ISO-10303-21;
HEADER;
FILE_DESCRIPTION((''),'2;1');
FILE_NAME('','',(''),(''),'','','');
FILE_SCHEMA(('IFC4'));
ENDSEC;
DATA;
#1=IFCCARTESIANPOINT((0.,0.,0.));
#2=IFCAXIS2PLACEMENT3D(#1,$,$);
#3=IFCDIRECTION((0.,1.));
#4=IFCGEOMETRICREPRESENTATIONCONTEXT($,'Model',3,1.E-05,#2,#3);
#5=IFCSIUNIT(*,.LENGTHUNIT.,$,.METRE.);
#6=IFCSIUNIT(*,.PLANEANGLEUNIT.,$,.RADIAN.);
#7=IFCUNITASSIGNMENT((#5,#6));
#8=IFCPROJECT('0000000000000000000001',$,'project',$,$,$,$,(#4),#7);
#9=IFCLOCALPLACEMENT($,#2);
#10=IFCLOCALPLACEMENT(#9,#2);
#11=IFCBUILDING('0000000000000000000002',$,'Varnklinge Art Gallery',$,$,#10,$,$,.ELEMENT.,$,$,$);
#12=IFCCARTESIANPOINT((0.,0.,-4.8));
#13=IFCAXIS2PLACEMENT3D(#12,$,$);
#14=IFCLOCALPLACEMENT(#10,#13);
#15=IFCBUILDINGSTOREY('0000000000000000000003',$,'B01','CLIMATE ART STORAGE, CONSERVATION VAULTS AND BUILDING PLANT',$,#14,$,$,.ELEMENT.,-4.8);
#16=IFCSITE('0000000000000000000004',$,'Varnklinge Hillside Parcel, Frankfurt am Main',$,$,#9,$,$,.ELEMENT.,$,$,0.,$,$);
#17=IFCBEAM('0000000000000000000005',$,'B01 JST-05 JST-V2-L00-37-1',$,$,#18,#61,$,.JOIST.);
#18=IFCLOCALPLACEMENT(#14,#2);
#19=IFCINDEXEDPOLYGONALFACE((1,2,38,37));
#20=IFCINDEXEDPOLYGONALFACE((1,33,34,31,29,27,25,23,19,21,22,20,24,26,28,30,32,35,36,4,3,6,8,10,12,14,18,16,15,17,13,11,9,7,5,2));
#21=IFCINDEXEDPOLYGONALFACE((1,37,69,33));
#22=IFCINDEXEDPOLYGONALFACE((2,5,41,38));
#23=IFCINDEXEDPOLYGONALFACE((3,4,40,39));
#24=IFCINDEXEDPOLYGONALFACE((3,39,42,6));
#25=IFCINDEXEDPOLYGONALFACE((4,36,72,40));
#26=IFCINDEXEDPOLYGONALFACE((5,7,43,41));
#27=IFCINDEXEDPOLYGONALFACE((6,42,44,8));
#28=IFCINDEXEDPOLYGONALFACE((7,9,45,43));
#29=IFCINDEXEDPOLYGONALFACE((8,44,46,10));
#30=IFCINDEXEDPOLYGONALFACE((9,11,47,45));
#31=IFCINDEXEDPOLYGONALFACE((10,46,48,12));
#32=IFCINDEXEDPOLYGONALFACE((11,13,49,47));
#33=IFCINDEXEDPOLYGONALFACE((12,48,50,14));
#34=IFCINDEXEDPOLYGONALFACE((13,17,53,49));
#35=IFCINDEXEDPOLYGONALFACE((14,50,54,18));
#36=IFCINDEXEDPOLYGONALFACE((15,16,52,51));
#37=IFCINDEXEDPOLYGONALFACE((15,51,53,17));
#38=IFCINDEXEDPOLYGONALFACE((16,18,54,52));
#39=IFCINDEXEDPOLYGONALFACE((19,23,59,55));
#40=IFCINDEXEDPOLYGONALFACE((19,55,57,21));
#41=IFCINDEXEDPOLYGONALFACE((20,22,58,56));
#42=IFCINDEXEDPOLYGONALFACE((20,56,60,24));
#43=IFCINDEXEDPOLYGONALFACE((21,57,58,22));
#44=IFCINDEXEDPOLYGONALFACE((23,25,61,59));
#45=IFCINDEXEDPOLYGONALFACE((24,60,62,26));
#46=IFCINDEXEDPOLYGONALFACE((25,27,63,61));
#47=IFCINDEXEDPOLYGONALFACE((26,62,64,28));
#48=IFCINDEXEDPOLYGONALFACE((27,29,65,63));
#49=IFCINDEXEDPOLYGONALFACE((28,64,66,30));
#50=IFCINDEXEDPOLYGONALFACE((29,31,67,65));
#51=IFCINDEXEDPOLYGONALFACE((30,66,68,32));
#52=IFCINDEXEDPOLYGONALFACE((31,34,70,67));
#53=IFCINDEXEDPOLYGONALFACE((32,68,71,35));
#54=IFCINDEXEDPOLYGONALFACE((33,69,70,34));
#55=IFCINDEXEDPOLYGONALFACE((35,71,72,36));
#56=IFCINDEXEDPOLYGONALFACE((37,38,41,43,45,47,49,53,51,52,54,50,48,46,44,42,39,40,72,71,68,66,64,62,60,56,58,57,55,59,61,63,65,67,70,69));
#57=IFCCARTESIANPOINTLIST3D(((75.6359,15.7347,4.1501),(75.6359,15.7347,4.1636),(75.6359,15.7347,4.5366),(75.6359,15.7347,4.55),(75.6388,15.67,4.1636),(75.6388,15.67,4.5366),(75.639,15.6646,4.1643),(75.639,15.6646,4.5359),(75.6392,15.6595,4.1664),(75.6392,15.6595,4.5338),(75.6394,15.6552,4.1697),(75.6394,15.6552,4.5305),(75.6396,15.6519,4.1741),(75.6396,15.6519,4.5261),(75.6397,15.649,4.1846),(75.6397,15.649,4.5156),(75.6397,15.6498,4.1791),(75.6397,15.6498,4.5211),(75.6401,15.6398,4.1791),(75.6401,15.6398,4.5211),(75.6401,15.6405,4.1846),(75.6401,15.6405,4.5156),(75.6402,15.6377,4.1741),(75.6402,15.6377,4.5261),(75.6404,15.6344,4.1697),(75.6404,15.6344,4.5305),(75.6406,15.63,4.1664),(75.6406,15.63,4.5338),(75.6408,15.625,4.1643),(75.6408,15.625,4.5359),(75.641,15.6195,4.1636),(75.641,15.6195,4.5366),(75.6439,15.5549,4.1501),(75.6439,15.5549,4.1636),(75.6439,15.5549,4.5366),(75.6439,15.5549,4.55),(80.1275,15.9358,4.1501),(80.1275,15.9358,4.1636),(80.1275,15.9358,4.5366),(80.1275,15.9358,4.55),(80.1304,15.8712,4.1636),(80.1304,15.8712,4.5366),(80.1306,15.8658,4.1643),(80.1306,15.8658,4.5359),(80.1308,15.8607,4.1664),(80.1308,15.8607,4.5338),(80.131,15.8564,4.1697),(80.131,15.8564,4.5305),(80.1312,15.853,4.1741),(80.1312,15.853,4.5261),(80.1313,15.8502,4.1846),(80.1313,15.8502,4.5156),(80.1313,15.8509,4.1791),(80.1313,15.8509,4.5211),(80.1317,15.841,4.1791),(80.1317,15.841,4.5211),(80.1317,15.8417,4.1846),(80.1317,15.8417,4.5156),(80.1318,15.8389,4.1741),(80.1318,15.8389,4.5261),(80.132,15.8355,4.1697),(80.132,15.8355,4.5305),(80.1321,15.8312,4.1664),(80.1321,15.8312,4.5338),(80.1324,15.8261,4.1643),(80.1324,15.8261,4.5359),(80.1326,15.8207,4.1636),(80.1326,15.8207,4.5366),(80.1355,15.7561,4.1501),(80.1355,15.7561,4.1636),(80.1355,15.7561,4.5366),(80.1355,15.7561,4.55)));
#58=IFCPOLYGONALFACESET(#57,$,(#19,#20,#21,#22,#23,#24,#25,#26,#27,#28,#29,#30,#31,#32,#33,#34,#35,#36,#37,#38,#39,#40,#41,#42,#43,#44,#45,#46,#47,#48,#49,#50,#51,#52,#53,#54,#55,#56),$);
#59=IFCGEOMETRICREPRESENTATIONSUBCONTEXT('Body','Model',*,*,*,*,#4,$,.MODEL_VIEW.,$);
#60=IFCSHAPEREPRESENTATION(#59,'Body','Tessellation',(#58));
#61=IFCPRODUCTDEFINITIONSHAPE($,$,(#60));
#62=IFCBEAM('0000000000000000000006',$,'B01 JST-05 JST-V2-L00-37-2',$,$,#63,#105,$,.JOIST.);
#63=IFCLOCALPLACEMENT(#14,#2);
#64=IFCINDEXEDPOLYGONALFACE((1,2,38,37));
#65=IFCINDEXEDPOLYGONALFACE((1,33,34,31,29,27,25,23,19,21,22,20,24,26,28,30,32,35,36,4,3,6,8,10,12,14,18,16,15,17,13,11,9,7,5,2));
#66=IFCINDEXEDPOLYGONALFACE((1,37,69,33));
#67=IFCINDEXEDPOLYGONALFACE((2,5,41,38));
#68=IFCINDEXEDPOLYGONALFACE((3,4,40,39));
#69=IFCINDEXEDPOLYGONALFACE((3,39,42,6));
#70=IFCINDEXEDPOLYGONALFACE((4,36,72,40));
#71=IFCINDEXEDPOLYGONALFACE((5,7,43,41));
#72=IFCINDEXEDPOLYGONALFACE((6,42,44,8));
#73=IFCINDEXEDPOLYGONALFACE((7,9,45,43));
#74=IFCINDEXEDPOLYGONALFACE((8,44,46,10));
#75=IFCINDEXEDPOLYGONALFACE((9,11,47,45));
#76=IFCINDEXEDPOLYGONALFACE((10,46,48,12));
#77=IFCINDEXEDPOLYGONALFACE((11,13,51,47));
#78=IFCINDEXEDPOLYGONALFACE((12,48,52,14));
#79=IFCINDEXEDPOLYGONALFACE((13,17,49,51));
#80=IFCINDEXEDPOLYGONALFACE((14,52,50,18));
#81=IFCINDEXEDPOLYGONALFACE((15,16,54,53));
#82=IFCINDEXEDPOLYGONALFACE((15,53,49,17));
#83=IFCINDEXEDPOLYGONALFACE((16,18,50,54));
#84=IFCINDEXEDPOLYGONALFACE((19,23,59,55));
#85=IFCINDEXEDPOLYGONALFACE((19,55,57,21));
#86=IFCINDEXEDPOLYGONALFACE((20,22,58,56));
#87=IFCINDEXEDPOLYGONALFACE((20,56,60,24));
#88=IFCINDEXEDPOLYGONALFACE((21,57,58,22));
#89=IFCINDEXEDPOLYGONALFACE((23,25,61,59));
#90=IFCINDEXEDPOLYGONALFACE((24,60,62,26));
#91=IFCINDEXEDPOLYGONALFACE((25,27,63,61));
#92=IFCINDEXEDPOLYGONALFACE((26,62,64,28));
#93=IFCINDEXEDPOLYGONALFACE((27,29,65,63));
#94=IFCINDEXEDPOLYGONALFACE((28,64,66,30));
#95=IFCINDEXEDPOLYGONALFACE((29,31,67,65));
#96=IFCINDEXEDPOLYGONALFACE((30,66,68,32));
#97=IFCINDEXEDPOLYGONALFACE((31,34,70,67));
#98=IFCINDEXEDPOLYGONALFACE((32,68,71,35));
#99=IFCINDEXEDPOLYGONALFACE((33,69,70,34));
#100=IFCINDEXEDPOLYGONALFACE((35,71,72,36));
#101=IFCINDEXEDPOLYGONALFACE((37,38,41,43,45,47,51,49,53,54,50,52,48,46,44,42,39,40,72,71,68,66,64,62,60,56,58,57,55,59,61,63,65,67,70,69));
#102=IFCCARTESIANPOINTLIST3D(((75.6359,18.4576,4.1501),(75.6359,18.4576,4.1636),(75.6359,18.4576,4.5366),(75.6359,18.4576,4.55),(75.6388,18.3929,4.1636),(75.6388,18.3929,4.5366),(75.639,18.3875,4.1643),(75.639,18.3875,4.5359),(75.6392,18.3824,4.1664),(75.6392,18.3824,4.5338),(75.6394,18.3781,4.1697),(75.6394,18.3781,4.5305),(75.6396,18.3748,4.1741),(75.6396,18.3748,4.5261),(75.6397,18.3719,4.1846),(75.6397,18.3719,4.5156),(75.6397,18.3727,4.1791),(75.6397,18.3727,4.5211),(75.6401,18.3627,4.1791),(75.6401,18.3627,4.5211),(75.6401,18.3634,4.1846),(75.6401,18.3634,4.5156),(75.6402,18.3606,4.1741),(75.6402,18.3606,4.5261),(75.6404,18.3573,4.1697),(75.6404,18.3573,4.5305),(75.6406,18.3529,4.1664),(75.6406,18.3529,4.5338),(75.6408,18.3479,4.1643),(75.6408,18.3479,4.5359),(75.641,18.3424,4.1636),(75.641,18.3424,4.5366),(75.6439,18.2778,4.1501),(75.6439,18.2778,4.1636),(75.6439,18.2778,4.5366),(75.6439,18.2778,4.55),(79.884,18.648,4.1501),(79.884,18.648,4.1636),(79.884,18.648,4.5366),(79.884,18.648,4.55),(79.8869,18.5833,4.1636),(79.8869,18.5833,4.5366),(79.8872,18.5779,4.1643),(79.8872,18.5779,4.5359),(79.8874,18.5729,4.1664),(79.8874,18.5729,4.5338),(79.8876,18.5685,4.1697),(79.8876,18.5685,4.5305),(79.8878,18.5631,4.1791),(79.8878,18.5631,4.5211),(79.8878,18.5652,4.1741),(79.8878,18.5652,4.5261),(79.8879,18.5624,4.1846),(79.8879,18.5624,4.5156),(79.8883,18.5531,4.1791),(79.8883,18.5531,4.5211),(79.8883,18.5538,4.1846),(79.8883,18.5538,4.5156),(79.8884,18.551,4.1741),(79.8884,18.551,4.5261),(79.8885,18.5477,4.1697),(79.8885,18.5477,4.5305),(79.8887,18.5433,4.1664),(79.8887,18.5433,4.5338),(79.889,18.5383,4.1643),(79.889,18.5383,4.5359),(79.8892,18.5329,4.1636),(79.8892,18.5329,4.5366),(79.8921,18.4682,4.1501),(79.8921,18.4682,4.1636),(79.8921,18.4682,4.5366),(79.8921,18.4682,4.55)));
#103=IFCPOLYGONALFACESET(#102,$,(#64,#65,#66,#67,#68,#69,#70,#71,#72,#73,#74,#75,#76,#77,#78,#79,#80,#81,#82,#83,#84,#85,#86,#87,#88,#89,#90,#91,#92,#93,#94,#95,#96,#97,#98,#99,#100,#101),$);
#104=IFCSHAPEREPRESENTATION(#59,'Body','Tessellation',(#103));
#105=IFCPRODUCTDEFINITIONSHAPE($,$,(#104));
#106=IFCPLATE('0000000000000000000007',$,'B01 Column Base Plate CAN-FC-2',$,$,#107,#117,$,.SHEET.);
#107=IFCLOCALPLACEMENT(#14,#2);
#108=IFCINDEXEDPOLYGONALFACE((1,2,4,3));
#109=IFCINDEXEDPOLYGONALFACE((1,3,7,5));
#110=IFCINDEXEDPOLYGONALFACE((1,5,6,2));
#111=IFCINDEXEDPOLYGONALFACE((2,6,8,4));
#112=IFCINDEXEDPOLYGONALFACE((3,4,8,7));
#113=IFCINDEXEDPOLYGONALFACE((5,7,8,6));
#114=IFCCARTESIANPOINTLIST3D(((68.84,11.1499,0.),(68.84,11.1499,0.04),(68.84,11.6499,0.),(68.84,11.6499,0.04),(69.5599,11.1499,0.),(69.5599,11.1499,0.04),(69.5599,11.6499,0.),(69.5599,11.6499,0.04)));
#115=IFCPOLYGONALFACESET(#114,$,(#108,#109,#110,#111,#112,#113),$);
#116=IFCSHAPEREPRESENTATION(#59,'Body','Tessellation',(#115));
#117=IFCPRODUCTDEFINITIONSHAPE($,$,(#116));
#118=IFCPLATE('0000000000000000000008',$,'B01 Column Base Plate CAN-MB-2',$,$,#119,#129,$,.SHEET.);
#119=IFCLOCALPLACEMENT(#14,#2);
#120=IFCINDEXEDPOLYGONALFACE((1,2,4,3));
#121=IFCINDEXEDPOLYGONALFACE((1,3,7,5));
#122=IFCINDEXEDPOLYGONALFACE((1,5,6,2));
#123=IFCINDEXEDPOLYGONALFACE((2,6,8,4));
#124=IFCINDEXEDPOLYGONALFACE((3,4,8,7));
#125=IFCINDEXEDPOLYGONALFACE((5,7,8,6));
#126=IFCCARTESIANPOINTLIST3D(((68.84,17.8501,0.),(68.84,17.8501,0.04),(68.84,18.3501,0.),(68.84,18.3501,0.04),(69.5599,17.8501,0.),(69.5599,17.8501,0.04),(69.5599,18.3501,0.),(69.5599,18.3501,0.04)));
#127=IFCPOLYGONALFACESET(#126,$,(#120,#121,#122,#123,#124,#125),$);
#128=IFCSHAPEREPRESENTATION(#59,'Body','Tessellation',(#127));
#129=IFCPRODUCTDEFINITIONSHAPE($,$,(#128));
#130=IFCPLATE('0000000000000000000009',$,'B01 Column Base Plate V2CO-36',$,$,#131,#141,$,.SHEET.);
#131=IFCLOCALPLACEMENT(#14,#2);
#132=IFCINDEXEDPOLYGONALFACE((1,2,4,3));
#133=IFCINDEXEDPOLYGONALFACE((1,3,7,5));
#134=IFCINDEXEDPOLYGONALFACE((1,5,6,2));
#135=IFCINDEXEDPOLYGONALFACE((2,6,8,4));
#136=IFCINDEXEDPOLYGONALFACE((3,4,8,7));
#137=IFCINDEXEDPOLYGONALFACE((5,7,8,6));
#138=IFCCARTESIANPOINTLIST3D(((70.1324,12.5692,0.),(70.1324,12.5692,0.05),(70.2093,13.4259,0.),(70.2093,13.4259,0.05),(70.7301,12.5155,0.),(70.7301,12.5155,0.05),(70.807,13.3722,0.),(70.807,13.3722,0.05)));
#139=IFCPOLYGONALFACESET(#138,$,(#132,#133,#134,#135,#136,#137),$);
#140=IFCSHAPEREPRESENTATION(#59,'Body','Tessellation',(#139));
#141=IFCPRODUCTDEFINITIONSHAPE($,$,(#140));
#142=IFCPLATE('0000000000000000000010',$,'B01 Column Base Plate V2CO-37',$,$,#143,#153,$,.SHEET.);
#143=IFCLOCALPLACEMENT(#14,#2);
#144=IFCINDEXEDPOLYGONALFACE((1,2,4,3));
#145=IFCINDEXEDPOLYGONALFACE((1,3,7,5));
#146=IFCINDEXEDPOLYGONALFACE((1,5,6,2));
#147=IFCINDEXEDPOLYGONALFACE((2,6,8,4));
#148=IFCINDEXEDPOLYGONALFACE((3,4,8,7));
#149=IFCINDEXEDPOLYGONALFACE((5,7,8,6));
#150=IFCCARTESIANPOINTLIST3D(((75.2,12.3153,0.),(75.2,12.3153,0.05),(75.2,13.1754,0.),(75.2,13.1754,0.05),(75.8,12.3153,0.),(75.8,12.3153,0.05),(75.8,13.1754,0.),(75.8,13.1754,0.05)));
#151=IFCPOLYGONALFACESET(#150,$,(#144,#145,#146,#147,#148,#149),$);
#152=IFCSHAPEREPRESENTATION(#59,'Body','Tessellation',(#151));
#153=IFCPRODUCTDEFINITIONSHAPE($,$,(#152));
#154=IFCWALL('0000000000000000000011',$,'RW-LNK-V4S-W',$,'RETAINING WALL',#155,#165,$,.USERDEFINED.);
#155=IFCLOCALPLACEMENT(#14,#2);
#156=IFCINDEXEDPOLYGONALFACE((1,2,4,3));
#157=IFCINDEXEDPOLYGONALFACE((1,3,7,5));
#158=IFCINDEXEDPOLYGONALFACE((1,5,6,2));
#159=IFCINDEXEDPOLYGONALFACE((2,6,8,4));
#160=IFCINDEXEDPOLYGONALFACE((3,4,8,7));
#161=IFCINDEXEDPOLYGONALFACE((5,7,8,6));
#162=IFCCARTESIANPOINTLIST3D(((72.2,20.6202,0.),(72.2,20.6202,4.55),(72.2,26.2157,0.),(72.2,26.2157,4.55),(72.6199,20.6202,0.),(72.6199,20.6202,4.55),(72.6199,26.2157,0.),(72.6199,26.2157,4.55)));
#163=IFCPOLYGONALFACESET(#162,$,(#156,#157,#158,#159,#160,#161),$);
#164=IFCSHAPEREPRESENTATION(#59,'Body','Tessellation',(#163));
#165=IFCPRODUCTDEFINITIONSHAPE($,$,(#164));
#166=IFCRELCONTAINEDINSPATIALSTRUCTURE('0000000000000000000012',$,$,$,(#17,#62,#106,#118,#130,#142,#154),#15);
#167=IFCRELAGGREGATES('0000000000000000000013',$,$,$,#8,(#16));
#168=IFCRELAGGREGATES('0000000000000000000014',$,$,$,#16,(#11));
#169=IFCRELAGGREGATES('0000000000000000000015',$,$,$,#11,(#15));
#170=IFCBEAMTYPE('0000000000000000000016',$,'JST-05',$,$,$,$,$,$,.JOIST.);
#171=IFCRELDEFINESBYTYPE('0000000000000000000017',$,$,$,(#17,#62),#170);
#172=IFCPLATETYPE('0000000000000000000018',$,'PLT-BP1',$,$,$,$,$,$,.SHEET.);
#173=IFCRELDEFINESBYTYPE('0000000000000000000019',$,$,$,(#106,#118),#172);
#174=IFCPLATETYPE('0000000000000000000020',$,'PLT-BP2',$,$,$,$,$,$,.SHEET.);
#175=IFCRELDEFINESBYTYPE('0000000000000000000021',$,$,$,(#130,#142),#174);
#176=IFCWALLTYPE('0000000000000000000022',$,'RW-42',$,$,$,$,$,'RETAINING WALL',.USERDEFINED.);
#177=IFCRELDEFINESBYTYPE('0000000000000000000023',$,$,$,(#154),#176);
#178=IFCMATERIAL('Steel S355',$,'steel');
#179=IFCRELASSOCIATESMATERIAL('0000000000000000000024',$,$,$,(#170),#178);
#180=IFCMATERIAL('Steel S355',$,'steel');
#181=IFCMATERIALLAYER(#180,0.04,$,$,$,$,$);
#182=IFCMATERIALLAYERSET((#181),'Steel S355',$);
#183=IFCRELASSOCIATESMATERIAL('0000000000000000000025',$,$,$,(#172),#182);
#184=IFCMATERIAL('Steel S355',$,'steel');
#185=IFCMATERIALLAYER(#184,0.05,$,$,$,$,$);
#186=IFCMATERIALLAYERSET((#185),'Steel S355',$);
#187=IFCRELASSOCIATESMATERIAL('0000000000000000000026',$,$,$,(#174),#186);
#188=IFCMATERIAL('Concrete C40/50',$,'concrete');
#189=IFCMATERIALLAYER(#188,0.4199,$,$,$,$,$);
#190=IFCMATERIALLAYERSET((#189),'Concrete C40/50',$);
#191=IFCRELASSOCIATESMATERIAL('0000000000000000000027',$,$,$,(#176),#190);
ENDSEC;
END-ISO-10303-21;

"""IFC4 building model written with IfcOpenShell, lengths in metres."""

from ifc_helpers import new_model, si_unit, direction, frame, frame_2d, origin, origin_2d, place, context, subcontext, project, spatial, rectangle, i_section, extrude, material, layer, layer_set, material_profile, profile_set, type_object, element, save


model = new_model("IFC4")

# Units and contexts
model_context = context("Model", 3, precision=1e-05, world=origin(), true_north=direction((0.0, 1.0)))
body_context = subcontext(model_context, "Body", "Model", "MODEL_VIEW")
ifc_project = project(units=[si_unit("LENGTHUNIT", "METRE"), si_unit("PLANEANGLEUNIT", "RADIAN")], contexts=[model_context])

# Site, building, storey
site_placement = place(None, origin())
site = spatial("IfcSite", under=ifc_project, at=site_placement, Name="Varnklinge Hillside Parcel, Frankfurt am Main", CompositionType="ELEMENT", RefElevation=0.0)
building_placement = place(site_placement, origin())
building = spatial("IfcBuilding", under=site, at=building_placement, Name="Varnklinge Art Gallery", CompositionType="ELEMENT")
storey_placement = place(building_placement, frame((0.0, 0.0, -4.8)))
storey = spatial("IfcBuildingStorey", under=building, at=storey_placement, Name="B01", Description="CLIMATE ART STORAGE, CONSERVATION VAULTS AND BUILDING PLANT", CompositionType="ELEMENT", Elevation=-4.8)

# Beams
ifc_material_1 = material(Name="Steel S355", Category="steel")
ifc_material_profile_1 = material_profile(ifc_material_1, i_section(OverallWidth=0.1799, OverallDepth=0.3999, WebThickness=0.0085, FlangeThickness=0.0134, FilletRadius=0.021, at=origin_2d()), Name="IPE 400")
ifc_profile_set_1 = profile_set([ifc_material_profile_1], Name="Steel S355")
beam_type_1 = type_object("IfcBeamType", Name="JST-05", PredefinedType="JOIST", material=ifc_profile_set_1)
beam_1_placement = place(storey_placement, frame((75.6399, 15.6448, 4.3501), z_axis=(0.998999, 0.044743, 0.0), x_axis=(-0.044743, 0.998999, 0.0)))
element("IfcBeam", 1, at=beam_1_placement, inside=storey, type_object=beam_type_1, Name="B01 JST-05 JST-V2-L00-37-1", PredefinedType="JOIST", context=body_context, shape_type="SweptSolid", body=[
    extrude(i_section(OverallWidth=0.1799, OverallDepth=0.3999, WebThickness=0.0085, FlangeThickness=0.0134, FilletRadius=0.021, at=origin_2d()), origin(), (0.0, 0.0, 1.0), 4.4961),
])
beam_2_placement = place(storey_placement, frame((75.6399, 18.3677, 4.3501), z_axis=(0.998997, 0.04478, 0.0), x_axis=(-0.04478, 0.998997, 0.0)))
element("IfcBeam", 2, at=beam_2_placement, inside=storey, type_object=beam_type_1, Name="B01 JST-05 JST-V2-L00-37-2", PredefinedType="JOIST", context=body_context, shape_type="SweptSolid", body=[
    extrude(i_section(OverallWidth=0.1799, OverallDepth=0.3999, WebThickness=0.0085, FlangeThickness=0.0134, FilletRadius=0.021, at=origin_2d()), origin(), (0.0, 0.0, 1.0), 4.2524),
])

# Plates
ifc_material_2 = material(Name="Steel S355", Category="steel")
ifc_layer_1 = layer(ifc_material_2, 0.04)
ifc_layer_set_1 = layer_set([ifc_layer_1], Name="Steel S355")
plate_type_1 = type_object("IfcPlateType", Name="PLT-BP1", PredefinedType="SHEET", material=ifc_layer_set_1)
for number, where, z_axis, x_axis, name in (
    (3, (69.2, 11.3999, 0.0), (0.0, 0.0, 1.0), (1.0, 0.0, 0.0), "B01 Column Base Plate CAN-FC-2"),
    (4, (69.2, 18.1001, 0.0), (0.0, 0.0, 1.0), (1.0, 0.0, 0.0), "B01 Column Base Plate CAN-MB-2"),
):
    element("IfcPlate", number, at=place(storey_placement, frame(where, z_axis=z_axis, x_axis=x_axis)), inside=storey, type_object=plate_type_1, Name=name, PredefinedType="SHEET", context=body_context, shape_type="SweptSolid", body=[
        extrude(rectangle(XDim=0.72, YDim=0.5, at=origin_2d()), origin(), (0.0, 0.0, 1.0), 0.04),
    ])
ifc_material_3 = material(Name="Steel S355", Category="steel")
ifc_layer_2 = layer(ifc_material_3, 0.05)
ifc_layer_set_2 = layer_set([ifc_layer_2], Name="Steel S355")
plate_type_2 = type_object("IfcPlateType", Name="PLT-BP2", PredefinedType="SHEET", material=ifc_layer_set_2)
for number, where, z_axis, x_axis, name in (
    (5, (70.4697, 12.9707, 0.0), (0.0, 0.0, 1.0), (0.089416, 0.995994, 0.0), "B01 Column Base Plate V2CO-36"),
    (6, (75.5, 12.7454, 0.0), (0.0, 0.0, 1.0), (0.0, 1.0, 0.0), "B01 Column Base Plate V2CO-37"),
):
    element("IfcPlate", number, at=place(storey_placement, frame(where, z_axis=z_axis, x_axis=x_axis)), inside=storey, type_object=plate_type_2, Name=name, PredefinedType="SHEET", context=body_context, shape_type="SweptSolid", body=[
        extrude(rectangle(XDim=0.8601, YDim=0.6001, at=origin_2d()), origin(), (0.0, 0.0, 1.0), 0.05),
    ])

# Wall
ifc_material_4 = material(Name="Concrete C40/50", Category="concrete")
ifc_layer_3 = layer(ifc_material_4, 0.4199)
ifc_layer_set_3 = layer_set([ifc_layer_3], Name="Concrete C40/50")
wall_type = type_object("IfcWallType", Name="RW-42", ElementType="RETAINING WALL", PredefinedType="USERDEFINED", material=ifc_layer_set_3)
wall_placement = place(storey_placement, frame((72.4099, 20.6201, 0.0), z_axis=(0.0, 0.0, 1.0), x_axis=(0.0, 1.0, 0.0)))
element("IfcWall", 7, at=wall_placement, inside=storey, type_object=wall_type, Name="RW-LNK-V4S-W", ObjectType="RETAINING WALL", PredefinedType="USERDEFINED", context=body_context, shape_type="SweptSolid", body=[
    extrude(rectangle(XDim=5.5955, YDim=0.4199, at=frame_2d((2.7979, 0.0))), origin(), (0.0, 0.0, 1.0), 4.55),
])

save(model, "model.ifc")
